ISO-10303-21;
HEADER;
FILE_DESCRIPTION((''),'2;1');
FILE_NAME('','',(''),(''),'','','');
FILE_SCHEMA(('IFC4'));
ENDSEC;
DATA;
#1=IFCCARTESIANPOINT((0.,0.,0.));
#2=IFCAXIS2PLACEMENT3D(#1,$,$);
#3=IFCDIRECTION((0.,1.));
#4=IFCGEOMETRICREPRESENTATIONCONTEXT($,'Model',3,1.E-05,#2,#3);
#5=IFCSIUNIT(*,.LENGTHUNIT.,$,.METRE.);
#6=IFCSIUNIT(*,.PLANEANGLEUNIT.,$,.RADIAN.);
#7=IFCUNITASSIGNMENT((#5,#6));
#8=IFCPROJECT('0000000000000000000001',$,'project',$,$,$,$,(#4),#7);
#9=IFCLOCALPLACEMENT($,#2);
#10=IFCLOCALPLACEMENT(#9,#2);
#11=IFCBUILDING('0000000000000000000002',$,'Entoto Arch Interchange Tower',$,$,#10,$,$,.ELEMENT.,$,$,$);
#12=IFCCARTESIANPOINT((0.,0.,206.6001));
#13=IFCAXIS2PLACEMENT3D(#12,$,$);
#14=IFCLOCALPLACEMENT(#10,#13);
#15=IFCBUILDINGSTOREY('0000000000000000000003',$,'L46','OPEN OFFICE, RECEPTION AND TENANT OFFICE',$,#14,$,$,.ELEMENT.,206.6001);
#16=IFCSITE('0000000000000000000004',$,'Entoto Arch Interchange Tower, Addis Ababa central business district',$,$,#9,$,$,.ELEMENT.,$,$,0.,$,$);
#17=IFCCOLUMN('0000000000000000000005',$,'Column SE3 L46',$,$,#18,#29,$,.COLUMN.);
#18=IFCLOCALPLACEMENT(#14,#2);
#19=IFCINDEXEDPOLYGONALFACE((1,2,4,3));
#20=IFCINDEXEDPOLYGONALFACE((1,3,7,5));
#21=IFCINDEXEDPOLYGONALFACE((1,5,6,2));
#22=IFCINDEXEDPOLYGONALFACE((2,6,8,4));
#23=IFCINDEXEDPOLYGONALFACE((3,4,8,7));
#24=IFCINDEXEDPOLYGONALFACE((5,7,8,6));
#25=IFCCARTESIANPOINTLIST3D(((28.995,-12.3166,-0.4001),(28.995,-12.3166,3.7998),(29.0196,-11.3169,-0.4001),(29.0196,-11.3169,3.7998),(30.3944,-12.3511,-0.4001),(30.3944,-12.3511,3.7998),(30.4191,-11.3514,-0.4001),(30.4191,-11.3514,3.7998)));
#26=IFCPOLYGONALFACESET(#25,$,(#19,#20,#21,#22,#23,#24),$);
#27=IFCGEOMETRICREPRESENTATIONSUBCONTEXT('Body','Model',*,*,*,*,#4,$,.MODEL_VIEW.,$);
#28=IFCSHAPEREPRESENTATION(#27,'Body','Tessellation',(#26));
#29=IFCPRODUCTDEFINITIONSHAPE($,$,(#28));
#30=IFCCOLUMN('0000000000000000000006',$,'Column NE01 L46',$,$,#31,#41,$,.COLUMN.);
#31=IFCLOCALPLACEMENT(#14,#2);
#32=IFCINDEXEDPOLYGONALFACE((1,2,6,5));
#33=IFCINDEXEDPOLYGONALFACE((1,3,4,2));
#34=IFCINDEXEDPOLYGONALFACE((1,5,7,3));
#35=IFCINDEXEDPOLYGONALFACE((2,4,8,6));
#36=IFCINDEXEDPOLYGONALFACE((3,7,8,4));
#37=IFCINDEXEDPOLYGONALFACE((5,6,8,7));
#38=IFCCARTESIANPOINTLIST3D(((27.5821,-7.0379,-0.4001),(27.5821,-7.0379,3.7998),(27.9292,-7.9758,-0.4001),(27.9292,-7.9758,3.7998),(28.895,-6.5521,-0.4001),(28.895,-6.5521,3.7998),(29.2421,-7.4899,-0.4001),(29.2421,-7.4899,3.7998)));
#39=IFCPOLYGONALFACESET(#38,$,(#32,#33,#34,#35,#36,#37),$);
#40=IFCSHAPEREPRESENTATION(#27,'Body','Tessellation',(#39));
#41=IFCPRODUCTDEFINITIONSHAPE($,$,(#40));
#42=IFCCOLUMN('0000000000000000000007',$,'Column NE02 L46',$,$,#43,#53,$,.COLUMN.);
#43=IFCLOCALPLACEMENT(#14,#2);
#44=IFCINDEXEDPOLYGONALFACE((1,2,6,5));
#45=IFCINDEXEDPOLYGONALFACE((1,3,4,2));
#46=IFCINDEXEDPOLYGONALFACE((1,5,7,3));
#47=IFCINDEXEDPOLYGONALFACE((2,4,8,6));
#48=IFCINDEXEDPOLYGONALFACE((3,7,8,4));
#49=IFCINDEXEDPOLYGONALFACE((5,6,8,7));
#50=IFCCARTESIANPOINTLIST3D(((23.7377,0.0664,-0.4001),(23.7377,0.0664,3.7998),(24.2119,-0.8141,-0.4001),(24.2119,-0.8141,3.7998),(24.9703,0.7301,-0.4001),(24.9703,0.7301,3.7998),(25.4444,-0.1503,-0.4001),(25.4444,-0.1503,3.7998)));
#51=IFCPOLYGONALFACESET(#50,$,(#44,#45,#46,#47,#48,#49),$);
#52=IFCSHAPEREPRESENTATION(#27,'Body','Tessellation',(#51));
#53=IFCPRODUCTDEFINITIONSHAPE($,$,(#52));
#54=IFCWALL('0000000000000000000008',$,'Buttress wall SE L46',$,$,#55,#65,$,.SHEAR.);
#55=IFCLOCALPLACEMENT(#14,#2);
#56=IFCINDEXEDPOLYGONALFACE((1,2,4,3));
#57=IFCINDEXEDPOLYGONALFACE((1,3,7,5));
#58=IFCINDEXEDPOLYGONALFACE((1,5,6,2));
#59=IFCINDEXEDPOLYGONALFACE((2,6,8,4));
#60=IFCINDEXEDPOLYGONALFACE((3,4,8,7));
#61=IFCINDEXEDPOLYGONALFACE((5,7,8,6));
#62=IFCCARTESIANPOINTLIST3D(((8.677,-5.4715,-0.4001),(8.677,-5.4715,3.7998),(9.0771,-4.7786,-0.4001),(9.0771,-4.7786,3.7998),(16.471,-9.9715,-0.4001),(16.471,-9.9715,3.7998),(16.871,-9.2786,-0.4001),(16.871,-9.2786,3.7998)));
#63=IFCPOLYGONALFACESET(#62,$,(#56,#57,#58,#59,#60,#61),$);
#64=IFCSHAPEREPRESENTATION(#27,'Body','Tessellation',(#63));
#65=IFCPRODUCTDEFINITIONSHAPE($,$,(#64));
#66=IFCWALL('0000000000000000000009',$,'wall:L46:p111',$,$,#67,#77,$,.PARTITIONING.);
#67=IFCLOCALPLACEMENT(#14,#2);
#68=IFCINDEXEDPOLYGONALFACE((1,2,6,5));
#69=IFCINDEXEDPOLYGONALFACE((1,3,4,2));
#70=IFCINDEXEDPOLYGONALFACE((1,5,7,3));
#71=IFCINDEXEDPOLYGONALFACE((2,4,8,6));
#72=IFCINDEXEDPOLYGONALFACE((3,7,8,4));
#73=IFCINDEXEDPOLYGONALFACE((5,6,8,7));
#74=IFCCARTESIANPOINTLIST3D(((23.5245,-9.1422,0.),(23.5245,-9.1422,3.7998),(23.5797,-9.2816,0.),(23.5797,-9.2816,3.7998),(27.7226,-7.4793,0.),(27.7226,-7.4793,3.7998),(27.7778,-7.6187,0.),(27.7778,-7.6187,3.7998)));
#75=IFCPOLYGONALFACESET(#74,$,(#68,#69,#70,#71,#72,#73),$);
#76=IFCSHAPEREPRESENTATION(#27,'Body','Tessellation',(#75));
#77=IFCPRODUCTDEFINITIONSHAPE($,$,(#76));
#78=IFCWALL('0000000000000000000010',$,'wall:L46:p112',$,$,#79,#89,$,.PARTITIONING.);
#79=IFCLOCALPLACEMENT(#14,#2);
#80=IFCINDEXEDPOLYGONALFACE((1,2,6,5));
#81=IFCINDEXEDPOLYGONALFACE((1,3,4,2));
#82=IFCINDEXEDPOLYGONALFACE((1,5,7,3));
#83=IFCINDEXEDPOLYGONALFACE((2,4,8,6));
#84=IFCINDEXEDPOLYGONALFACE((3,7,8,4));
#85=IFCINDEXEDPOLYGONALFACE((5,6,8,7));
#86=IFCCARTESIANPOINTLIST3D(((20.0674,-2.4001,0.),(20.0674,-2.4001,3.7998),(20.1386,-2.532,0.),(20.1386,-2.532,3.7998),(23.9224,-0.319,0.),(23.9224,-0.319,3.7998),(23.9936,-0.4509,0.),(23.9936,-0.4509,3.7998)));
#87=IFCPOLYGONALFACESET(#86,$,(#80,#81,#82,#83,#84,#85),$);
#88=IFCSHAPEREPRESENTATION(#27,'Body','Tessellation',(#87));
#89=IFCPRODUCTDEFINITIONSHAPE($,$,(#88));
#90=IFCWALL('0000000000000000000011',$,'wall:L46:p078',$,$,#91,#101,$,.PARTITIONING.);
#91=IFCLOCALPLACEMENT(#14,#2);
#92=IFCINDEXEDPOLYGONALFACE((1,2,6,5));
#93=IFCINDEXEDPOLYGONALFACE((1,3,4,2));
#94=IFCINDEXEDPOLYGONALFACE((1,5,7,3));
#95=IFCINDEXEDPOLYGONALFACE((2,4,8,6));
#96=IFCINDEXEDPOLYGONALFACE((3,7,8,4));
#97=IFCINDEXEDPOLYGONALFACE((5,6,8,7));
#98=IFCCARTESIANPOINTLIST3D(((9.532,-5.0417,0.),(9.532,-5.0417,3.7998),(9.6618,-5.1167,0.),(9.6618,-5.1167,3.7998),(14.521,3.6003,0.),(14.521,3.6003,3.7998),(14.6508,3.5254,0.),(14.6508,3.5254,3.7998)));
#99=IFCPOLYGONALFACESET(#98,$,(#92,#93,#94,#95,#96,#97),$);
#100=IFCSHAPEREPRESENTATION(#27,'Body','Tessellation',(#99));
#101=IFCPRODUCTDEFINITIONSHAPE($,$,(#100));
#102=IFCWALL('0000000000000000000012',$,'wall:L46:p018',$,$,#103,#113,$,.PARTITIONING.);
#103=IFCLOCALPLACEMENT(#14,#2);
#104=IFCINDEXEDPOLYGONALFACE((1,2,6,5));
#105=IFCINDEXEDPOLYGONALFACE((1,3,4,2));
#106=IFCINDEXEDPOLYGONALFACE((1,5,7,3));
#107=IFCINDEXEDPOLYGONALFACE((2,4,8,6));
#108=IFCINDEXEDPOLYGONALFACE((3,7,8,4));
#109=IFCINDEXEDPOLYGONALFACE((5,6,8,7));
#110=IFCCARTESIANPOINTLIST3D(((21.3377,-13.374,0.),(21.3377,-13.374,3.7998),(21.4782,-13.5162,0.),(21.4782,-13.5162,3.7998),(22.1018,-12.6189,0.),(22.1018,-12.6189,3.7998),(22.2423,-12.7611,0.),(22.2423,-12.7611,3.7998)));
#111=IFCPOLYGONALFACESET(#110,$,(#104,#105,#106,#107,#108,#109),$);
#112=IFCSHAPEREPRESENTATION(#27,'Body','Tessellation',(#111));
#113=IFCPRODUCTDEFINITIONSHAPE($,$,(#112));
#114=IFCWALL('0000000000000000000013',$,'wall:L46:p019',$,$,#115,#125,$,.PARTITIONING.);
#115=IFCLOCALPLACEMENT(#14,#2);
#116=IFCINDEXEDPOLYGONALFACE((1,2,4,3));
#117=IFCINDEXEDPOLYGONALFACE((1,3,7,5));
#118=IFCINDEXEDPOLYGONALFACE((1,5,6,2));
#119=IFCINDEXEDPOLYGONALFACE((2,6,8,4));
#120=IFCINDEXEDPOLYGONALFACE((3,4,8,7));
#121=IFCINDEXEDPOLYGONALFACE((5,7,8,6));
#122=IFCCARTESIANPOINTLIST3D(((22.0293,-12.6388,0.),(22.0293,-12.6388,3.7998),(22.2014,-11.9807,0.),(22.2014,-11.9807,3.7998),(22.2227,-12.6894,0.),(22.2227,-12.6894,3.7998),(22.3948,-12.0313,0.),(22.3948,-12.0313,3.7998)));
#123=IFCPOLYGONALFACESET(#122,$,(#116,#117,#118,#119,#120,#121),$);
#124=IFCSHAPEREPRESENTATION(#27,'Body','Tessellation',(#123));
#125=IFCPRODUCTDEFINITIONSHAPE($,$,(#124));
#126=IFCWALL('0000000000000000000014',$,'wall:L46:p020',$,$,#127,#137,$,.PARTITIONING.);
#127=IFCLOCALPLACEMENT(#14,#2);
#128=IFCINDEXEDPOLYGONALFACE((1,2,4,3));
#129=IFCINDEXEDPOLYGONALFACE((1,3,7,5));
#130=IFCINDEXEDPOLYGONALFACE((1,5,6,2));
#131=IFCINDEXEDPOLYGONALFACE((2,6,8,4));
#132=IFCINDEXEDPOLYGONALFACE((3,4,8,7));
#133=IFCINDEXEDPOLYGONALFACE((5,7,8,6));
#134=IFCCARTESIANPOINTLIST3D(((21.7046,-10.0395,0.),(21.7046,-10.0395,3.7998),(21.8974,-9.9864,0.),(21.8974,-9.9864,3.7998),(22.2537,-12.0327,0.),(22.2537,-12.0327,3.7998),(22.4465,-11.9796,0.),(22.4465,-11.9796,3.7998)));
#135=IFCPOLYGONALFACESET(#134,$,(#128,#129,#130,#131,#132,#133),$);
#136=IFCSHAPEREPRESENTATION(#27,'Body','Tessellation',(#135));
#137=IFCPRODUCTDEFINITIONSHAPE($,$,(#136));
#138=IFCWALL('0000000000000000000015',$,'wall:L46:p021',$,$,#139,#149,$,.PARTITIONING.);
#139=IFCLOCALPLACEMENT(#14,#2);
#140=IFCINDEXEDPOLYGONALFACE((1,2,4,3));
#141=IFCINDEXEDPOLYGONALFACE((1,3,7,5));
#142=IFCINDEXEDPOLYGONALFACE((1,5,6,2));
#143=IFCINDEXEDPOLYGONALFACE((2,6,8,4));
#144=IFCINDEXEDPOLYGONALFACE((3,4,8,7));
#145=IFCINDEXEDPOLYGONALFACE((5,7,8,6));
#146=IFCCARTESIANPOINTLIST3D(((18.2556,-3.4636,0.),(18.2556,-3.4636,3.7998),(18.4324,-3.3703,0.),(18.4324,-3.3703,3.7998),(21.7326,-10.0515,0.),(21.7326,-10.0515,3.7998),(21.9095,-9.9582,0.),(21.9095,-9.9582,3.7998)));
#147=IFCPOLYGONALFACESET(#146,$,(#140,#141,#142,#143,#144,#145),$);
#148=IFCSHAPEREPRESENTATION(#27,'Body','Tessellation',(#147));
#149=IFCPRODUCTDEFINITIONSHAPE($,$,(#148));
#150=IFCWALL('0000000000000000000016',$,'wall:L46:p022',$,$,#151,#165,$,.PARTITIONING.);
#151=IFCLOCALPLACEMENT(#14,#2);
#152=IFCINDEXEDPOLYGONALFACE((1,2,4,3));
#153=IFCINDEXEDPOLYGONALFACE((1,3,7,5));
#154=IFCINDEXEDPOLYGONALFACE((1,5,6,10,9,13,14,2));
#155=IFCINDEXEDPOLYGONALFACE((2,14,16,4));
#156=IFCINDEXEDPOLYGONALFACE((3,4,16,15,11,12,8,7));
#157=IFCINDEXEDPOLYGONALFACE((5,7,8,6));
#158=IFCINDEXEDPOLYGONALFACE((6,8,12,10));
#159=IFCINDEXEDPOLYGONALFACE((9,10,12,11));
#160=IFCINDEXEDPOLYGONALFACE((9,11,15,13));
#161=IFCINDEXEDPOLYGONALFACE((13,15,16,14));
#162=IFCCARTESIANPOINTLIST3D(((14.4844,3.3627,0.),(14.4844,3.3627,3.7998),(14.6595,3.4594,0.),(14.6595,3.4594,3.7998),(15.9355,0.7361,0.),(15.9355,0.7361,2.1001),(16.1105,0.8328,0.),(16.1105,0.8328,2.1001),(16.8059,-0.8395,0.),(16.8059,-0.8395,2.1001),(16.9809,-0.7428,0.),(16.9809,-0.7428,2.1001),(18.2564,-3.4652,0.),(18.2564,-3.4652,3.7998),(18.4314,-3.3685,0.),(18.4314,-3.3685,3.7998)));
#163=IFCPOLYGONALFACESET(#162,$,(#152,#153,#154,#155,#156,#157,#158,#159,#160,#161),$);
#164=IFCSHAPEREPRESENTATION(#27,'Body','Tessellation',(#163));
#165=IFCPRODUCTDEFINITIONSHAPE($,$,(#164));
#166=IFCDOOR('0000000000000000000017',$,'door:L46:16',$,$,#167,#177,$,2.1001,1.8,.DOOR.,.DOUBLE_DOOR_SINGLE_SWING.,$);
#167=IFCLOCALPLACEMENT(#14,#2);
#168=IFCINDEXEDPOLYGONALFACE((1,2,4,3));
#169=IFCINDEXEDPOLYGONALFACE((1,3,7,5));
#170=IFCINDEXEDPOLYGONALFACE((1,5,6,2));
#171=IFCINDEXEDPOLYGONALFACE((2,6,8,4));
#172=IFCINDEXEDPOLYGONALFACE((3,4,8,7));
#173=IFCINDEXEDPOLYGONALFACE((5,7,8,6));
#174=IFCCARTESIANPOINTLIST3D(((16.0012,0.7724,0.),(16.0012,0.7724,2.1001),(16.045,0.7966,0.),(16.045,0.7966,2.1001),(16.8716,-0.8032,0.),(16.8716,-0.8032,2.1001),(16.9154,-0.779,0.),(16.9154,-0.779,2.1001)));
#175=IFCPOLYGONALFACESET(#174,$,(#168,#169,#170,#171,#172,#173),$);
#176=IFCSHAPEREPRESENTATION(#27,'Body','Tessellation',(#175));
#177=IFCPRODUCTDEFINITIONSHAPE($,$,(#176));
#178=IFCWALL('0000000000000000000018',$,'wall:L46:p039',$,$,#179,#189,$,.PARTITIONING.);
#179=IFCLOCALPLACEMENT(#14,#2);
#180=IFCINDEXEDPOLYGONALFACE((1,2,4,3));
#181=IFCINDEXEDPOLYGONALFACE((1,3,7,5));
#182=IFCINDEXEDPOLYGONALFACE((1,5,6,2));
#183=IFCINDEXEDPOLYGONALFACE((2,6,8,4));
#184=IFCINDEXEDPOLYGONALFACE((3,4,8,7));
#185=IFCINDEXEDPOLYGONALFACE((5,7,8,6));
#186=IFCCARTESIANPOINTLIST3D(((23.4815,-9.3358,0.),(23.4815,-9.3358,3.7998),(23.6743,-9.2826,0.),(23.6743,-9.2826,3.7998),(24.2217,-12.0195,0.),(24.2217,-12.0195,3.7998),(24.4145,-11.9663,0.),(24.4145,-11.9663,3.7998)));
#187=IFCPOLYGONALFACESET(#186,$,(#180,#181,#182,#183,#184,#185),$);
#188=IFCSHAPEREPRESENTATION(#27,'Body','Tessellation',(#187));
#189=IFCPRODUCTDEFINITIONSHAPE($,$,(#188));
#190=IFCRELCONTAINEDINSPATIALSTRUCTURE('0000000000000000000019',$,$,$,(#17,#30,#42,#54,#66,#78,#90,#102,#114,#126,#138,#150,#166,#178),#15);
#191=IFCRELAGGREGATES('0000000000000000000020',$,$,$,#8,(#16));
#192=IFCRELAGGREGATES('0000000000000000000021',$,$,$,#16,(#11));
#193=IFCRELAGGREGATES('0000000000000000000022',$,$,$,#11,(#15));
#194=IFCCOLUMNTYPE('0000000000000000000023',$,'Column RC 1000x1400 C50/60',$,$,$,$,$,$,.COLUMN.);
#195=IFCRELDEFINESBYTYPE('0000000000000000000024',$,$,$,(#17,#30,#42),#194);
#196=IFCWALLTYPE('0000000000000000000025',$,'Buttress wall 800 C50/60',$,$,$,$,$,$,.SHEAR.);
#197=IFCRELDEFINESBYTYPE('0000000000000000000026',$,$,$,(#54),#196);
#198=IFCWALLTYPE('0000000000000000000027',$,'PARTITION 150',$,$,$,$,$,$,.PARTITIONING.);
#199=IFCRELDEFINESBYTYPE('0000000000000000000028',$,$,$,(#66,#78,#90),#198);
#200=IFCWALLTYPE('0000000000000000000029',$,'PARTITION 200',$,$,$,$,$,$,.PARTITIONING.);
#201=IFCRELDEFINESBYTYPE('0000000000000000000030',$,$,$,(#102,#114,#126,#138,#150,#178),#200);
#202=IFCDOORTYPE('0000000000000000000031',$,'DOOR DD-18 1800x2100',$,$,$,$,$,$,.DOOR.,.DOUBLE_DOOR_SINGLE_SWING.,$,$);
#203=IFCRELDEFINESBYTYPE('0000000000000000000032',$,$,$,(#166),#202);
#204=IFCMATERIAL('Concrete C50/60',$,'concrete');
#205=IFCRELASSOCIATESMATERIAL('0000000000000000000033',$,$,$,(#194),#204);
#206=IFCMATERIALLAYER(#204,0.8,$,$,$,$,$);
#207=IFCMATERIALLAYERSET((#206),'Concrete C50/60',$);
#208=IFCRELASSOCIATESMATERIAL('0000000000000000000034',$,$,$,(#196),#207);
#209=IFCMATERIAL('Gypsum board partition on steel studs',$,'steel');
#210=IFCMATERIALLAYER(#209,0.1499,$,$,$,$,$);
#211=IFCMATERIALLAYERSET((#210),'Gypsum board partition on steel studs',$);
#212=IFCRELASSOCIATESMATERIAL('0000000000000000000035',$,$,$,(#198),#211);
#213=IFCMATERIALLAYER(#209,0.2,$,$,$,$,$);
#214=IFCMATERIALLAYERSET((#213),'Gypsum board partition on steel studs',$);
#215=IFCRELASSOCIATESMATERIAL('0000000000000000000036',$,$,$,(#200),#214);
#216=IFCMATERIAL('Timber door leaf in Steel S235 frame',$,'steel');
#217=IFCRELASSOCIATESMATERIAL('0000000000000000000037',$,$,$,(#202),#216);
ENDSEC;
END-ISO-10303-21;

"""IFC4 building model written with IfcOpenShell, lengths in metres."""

from ifc_helpers import new_model, si_unit, direction, frame, frame_2d, origin, origin_2d, place, context, subcontext, project, spatial, rectangle, extrude, material, layer, layer_set, material_profile, profile_set, type_object, element, fill, save


model = new_model("IFC4")

# Units and contexts
model_context = context("Model", 3, precision=1e-05, world=origin(), true_north=direction((0.0, 1.0)))
body_context = subcontext(model_context, "Body", "Model", "MODEL_VIEW")
ifc_project = project(units=[si_unit("LENGTHUNIT", "METRE"), si_unit("PLANEANGLEUNIT", "RADIAN")], contexts=[model_context])

# Site, building, storey
site_placement = place(None, origin())
site = spatial("IfcSite", under=ifc_project, at=site_placement, Name="Entoto Arch Interchange Tower, Addis Ababa central business district", CompositionType="ELEMENT", RefElevation=0.0)
building_placement = place(site_placement, origin())
building = spatial("IfcBuilding", under=site, at=building_placement, Name="Entoto Arch Interchange Tower", CompositionType="ELEMENT")
storey_placement = place(building_placement, frame((0.0, 0.0, 206.6001)))
storey = spatial("IfcBuildingStorey", under=building, at=storey_placement, Name="L46", Description="OPEN OFFICE, RECEPTION AND TENANT OFFICE", CompositionType="ELEMENT", Elevation=206.6001)

# Columns
ifc_material_1 = material(Name="Concrete C50/60", Category="concrete")
ifc_material_profile = material_profile(ifc_material_1, rectangle(XDim=1.0, YDim=1.3999, at=origin_2d()))
ifc_profile_set = profile_set([ifc_material_profile], Name="Concrete C50/60")
column_type = type_object("IfcColumnType", Name="Column RC 1000x1400 C50/60", PredefinedType="COLUMN", material=ifc_profile_set)
for number, where, z_axis, x_axis, name in (
    (1, (29.707, -11.834, -0.4001), (0.0, 0.0, 1.0), (0.024676, 0.999695, 0.0), "Column SE3 L46"),
    (2, (28.4121, -7.2639, -0.4001), (0.0, 0.0, 1.0), (-0.347067, 0.93784, 0.0), "Column NE01 L46"),
    (3, (24.5911, -0.042, -0.4001), (0.0, 0.0, 1.0), (-0.474134, 0.880453, 0.0), "Column NE02 L46"),
):
    element("IfcColumn", number, at=place(storey_placement, frame(where, z_axis=z_axis, x_axis=x_axis)), inside=storey, type_object=column_type, Name=name, PredefinedType="COLUMN", context=body_context, shape_type="SweptSolid", body=[
        extrude(rectangle(XDim=1.0, YDim=1.3999, at=origin_2d()), origin(), (0.0, 0.0, 1.0), 4.2),
    ])

# Walls
ifc_layer_1 = layer(ifc_material_1, 0.8)
ifc_layer_set_1 = layer_set([ifc_layer_1], Name="Concrete C50/60")
wall_type_1 = type_object("IfcWallType", Name="Buttress wall 800 C50/60", PredefinedType="SHEAR", material=ifc_layer_set_1)
wall_1_placement = place(storey_placement, frame((8.877, -5.125, -0.4001), z_axis=(0.0, 0.0, 1.0), x_axis=(0.866018, -0.500014, 0.0)))
element("IfcWall", 4, at=wall_1_placement, inside=storey, type_object=wall_type_1, Name="Buttress wall SE L46", PredefinedType="SHEAR", context=body_context, shape_type="SweptSolid", body=[
    extrude(rectangle(XDim=8.9998, YDim=0.8, at=frame_2d((4.5, 0.0))), origin(), (0.0, 0.0, 1.0), 4.2),
])
ifc_material_2 = material(Name="Gypsum board partition on steel studs", Category="steel")
ifc_layer_2 = layer(ifc_material_2, 0.1499)
ifc_layer_set_2 = layer_set([ifc_layer_2], Name="Gypsum board partition on steel studs")
wall_type_2 = type_object("IfcWallType", Name="PARTITION 150", PredefinedType="PARTITIONING", material=ifc_layer_set_2)
wall_2_placement = place(storey_placement, frame((23.552, -9.2119, 0.0), z_axis=(0.0, 0.0, 1.0), x_axis=(0.929721, 0.368266, 0.0)))
element("IfcWall", 5, at=wall_2_placement, inside=storey, type_object=wall_type_2, Name="wall:L46:p111", PredefinedType="PARTITIONING", context=body_context, shape_type="SweptSolid", body=[
    extrude(rectangle(XDim=4.5154, YDim=0.1499, at=frame_2d((2.2578, 0.0))), origin(), (0.0, 0.0, 1.0), 3.7998),
])
wall_3_placement = place(storey_placement, frame((20.103, -2.4661, 0.0), z_axis=(0.0, 0.0, 1.0), x_axis=(0.879966, 0.475037, 0.0)))
element("IfcWall", 6, at=wall_3_placement, inside=storey, type_object=wall_type_2, Name="wall:L46:p112", PredefinedType="PARTITIONING", context=body_context, shape_type="SweptSolid", body=[
    extrude(rectangle(XDim=4.3809, YDim=0.1499, at=frame_2d((2.1904, 0.0))), origin(), (0.0, 0.0, 1.0), 3.7998),
])
wall_4_placement = place(storey_placement, frame((9.5969, -5.0791, 0.0), z_axis=(0.0, 0.0, 1.0), x_axis=(0.499962, 0.866047, 0.0)))
element("IfcWall", 7, at=wall_4_placement, inside=storey, type_object=wall_type_2, Name="wall:L46:p078", PredefinedType="PARTITIONING", context=body_context, shape_type="SweptSolid", body=[
    extrude(rectangle(XDim=9.9788, YDim=0.1499, at=frame_2d((4.9893, 0.0))), origin(), (0.0, 0.0, 1.0), 3.7998),
])
ifc_layer_3 = layer(ifc_material_2, 0.2)
ifc_layer_set_3 = layer_set([ifc_layer_3], Name="Gypsum board partition on steel studs")
wall_type_3 = type_object("IfcWallType", Name="PARTITION 200", PredefinedType="PARTITIONING", material=ifc_layer_set_3)
wall_5_placement = place(storey_placement, frame((21.408, -13.4451, 0.0), z_axis=(0.0, 0.0, 1.0), x_axis=(0.711298, 0.70289, 0.0)))
element("IfcWall", 8, at=wall_5_placement, inside=storey, type_object=wall_type_3, Name="wall:L46:p018", PredefinedType="PARTITIONING", context=body_context, shape_type="SweptSolid", body=[
    extrude(rectangle(XDim=1.0742, YDim=0.2, at=frame_2d((0.5371, 0.0))), origin(), (0.0, 0.0, 1.0), 3.7998),
])
wall_6_placement = place(storey_placement, frame((22.126, -12.6641, 0.0), z_axis=(0.0, 0.0, 1.0), x_axis=(0.253079, 0.967446, 0.0)))
element("IfcWall", 9, at=wall_6_placement, inside=storey, type_object=wall_type_3, Name="wall:L46:p019", PredefinedType="PARTITIONING", context=body_context, shape_type="SweptSolid", body=[
    extrude(rectangle(XDim=0.6802, YDim=0.2, at=frame_2d((0.3401, 0.0))), origin(), (0.0, 0.0, 1.0), 3.7998),
])
wall_7_placement = place(storey_placement, frame((22.3501, -12.0061, 0.0), z_axis=(0.0, 0.0, 1.0), x_axis=(-0.265585, 0.964088, 0.0)))
element("IfcWall", 10, at=wall_7_placement, inside=storey, type_object=wall_type_3, Name="wall:L46:p020", PredefinedType="PARTITIONING", context=body_context, shape_type="SweptSolid", body=[
    extrude(rectangle(XDim=2.0674, YDim=0.2, at=frame_2d((1.0337, 0.0))), origin(), (0.0, 0.0, 1.0), 3.7998),
])
wall_8_placement = place(storey_placement, frame((21.821, -10.0049, 0.0), z_axis=(0.0, 0.0, 1.0), x_axis=(-0.46677, 0.884379, 0.0)))
element("IfcWall", 11, at=wall_8_placement, inside=storey, type_object=wall_type_3, Name="wall:L46:p021", PredefinedType="PARTITIONING", context=body_context, shape_type="SweptSolid", body=[
    extrude(rectangle(XDim=7.4492, YDim=0.2, at=frame_2d((3.7246, 0.0))), origin(), (0.0, 0.0, 1.0), 3.7998),
])

# Wall, opening, door
wall_9_placement = place(storey_placement, frame((18.344, -3.417, 0.0), z_axis=(0.0, 0.0, 1.0), x_axis=(-0.483556, 0.875314, 0.0)))
wall_9 = element("IfcWall", 12, at=wall_9_placement, inside=storey, type_object=wall_type_3, Name="wall:L46:p022", PredefinedType="PARTITIONING", context=body_context, shape_type="SweptSolid", body=[
    extrude(rectangle(XDim=7.8005, YDim=0.2, at=frame_2d((3.9004, 0.0))), origin(), (0.0, 0.0, 1.0), 3.7998),
])
opening_1_placement = place(wall_9_placement, frame((3.0, 0.0, 0.0)))
opening_1 = element("IfcOpeningElement", 13, at=opening_1_placement, cuts=wall_9, PredefinedType="OPENING", context=body_context, shape_type="SweptSolid", body=[
    extrude(rectangle(XDim=1.8, YDim=2.1001, at=frame_2d((0.8999, 1.05))), frame((0.0, 0.1099, 0.0), z_axis=(0.0, -1.0, 0.0), x_axis=(1.0, 0.0, 0.0)), (0.0, 0.0, 1.0), 0.22),
])
ifc_material_3 = material(Name="Timber door leaf in Steel S235 frame", Category="steel")
door_type_1 = type_object("IfcDoorType", Name="DOOR DD-18 1800x2100", OperationType="DOUBLE_DOOR_SINGLE_SWING", PredefinedType="DOOR", material=ifc_material_3)
door_1_placement = place(opening_1_placement, origin())
door_1 = element("IfcDoor", 14, at=door_1_placement, inside=storey, type_object=door_type_1, Name="door:L46:16", OperationType="DOUBLE_DOOR_SINGLE_SWING", OverallHeight=2.1001, OverallWidth=1.8, PredefinedType="DOOR", context=body_context, shape_type="SweptSolid", body=[
    extrude(rectangle(XDim=1.8, YDim=2.1001, at=frame_2d((0.8999, 1.05))), frame((0.0, 0.0249, 0.0), z_axis=(0.0, -1.0, 0.0), x_axis=(1.0, 0.0, 0.0)), (0.0, 0.0, 1.0), 0.05),
])
fill(opening_1, door_1)

# Wall
wall_10_placement = place(storey_placement, frame((23.5779, -9.3091, 0.0), z_axis=(0.0, 0.0, 1.0), x_axis=(0.265884, -0.964005, 0.0)))
element("IfcWall", 15, at=wall_10_placement, inside=storey, type_object=wall_type_3, Name="wall:L46:p039", PredefinedType="PARTITIONING", context=body_context, shape_type="SweptSolid", body=[
    extrude(rectangle(XDim=2.7839, YDim=0.2, at=frame_2d((1.3921, 0.0))), origin(), (0.0, 0.0, 1.0), 3.7998),
])

save(model, "model.ifc")
